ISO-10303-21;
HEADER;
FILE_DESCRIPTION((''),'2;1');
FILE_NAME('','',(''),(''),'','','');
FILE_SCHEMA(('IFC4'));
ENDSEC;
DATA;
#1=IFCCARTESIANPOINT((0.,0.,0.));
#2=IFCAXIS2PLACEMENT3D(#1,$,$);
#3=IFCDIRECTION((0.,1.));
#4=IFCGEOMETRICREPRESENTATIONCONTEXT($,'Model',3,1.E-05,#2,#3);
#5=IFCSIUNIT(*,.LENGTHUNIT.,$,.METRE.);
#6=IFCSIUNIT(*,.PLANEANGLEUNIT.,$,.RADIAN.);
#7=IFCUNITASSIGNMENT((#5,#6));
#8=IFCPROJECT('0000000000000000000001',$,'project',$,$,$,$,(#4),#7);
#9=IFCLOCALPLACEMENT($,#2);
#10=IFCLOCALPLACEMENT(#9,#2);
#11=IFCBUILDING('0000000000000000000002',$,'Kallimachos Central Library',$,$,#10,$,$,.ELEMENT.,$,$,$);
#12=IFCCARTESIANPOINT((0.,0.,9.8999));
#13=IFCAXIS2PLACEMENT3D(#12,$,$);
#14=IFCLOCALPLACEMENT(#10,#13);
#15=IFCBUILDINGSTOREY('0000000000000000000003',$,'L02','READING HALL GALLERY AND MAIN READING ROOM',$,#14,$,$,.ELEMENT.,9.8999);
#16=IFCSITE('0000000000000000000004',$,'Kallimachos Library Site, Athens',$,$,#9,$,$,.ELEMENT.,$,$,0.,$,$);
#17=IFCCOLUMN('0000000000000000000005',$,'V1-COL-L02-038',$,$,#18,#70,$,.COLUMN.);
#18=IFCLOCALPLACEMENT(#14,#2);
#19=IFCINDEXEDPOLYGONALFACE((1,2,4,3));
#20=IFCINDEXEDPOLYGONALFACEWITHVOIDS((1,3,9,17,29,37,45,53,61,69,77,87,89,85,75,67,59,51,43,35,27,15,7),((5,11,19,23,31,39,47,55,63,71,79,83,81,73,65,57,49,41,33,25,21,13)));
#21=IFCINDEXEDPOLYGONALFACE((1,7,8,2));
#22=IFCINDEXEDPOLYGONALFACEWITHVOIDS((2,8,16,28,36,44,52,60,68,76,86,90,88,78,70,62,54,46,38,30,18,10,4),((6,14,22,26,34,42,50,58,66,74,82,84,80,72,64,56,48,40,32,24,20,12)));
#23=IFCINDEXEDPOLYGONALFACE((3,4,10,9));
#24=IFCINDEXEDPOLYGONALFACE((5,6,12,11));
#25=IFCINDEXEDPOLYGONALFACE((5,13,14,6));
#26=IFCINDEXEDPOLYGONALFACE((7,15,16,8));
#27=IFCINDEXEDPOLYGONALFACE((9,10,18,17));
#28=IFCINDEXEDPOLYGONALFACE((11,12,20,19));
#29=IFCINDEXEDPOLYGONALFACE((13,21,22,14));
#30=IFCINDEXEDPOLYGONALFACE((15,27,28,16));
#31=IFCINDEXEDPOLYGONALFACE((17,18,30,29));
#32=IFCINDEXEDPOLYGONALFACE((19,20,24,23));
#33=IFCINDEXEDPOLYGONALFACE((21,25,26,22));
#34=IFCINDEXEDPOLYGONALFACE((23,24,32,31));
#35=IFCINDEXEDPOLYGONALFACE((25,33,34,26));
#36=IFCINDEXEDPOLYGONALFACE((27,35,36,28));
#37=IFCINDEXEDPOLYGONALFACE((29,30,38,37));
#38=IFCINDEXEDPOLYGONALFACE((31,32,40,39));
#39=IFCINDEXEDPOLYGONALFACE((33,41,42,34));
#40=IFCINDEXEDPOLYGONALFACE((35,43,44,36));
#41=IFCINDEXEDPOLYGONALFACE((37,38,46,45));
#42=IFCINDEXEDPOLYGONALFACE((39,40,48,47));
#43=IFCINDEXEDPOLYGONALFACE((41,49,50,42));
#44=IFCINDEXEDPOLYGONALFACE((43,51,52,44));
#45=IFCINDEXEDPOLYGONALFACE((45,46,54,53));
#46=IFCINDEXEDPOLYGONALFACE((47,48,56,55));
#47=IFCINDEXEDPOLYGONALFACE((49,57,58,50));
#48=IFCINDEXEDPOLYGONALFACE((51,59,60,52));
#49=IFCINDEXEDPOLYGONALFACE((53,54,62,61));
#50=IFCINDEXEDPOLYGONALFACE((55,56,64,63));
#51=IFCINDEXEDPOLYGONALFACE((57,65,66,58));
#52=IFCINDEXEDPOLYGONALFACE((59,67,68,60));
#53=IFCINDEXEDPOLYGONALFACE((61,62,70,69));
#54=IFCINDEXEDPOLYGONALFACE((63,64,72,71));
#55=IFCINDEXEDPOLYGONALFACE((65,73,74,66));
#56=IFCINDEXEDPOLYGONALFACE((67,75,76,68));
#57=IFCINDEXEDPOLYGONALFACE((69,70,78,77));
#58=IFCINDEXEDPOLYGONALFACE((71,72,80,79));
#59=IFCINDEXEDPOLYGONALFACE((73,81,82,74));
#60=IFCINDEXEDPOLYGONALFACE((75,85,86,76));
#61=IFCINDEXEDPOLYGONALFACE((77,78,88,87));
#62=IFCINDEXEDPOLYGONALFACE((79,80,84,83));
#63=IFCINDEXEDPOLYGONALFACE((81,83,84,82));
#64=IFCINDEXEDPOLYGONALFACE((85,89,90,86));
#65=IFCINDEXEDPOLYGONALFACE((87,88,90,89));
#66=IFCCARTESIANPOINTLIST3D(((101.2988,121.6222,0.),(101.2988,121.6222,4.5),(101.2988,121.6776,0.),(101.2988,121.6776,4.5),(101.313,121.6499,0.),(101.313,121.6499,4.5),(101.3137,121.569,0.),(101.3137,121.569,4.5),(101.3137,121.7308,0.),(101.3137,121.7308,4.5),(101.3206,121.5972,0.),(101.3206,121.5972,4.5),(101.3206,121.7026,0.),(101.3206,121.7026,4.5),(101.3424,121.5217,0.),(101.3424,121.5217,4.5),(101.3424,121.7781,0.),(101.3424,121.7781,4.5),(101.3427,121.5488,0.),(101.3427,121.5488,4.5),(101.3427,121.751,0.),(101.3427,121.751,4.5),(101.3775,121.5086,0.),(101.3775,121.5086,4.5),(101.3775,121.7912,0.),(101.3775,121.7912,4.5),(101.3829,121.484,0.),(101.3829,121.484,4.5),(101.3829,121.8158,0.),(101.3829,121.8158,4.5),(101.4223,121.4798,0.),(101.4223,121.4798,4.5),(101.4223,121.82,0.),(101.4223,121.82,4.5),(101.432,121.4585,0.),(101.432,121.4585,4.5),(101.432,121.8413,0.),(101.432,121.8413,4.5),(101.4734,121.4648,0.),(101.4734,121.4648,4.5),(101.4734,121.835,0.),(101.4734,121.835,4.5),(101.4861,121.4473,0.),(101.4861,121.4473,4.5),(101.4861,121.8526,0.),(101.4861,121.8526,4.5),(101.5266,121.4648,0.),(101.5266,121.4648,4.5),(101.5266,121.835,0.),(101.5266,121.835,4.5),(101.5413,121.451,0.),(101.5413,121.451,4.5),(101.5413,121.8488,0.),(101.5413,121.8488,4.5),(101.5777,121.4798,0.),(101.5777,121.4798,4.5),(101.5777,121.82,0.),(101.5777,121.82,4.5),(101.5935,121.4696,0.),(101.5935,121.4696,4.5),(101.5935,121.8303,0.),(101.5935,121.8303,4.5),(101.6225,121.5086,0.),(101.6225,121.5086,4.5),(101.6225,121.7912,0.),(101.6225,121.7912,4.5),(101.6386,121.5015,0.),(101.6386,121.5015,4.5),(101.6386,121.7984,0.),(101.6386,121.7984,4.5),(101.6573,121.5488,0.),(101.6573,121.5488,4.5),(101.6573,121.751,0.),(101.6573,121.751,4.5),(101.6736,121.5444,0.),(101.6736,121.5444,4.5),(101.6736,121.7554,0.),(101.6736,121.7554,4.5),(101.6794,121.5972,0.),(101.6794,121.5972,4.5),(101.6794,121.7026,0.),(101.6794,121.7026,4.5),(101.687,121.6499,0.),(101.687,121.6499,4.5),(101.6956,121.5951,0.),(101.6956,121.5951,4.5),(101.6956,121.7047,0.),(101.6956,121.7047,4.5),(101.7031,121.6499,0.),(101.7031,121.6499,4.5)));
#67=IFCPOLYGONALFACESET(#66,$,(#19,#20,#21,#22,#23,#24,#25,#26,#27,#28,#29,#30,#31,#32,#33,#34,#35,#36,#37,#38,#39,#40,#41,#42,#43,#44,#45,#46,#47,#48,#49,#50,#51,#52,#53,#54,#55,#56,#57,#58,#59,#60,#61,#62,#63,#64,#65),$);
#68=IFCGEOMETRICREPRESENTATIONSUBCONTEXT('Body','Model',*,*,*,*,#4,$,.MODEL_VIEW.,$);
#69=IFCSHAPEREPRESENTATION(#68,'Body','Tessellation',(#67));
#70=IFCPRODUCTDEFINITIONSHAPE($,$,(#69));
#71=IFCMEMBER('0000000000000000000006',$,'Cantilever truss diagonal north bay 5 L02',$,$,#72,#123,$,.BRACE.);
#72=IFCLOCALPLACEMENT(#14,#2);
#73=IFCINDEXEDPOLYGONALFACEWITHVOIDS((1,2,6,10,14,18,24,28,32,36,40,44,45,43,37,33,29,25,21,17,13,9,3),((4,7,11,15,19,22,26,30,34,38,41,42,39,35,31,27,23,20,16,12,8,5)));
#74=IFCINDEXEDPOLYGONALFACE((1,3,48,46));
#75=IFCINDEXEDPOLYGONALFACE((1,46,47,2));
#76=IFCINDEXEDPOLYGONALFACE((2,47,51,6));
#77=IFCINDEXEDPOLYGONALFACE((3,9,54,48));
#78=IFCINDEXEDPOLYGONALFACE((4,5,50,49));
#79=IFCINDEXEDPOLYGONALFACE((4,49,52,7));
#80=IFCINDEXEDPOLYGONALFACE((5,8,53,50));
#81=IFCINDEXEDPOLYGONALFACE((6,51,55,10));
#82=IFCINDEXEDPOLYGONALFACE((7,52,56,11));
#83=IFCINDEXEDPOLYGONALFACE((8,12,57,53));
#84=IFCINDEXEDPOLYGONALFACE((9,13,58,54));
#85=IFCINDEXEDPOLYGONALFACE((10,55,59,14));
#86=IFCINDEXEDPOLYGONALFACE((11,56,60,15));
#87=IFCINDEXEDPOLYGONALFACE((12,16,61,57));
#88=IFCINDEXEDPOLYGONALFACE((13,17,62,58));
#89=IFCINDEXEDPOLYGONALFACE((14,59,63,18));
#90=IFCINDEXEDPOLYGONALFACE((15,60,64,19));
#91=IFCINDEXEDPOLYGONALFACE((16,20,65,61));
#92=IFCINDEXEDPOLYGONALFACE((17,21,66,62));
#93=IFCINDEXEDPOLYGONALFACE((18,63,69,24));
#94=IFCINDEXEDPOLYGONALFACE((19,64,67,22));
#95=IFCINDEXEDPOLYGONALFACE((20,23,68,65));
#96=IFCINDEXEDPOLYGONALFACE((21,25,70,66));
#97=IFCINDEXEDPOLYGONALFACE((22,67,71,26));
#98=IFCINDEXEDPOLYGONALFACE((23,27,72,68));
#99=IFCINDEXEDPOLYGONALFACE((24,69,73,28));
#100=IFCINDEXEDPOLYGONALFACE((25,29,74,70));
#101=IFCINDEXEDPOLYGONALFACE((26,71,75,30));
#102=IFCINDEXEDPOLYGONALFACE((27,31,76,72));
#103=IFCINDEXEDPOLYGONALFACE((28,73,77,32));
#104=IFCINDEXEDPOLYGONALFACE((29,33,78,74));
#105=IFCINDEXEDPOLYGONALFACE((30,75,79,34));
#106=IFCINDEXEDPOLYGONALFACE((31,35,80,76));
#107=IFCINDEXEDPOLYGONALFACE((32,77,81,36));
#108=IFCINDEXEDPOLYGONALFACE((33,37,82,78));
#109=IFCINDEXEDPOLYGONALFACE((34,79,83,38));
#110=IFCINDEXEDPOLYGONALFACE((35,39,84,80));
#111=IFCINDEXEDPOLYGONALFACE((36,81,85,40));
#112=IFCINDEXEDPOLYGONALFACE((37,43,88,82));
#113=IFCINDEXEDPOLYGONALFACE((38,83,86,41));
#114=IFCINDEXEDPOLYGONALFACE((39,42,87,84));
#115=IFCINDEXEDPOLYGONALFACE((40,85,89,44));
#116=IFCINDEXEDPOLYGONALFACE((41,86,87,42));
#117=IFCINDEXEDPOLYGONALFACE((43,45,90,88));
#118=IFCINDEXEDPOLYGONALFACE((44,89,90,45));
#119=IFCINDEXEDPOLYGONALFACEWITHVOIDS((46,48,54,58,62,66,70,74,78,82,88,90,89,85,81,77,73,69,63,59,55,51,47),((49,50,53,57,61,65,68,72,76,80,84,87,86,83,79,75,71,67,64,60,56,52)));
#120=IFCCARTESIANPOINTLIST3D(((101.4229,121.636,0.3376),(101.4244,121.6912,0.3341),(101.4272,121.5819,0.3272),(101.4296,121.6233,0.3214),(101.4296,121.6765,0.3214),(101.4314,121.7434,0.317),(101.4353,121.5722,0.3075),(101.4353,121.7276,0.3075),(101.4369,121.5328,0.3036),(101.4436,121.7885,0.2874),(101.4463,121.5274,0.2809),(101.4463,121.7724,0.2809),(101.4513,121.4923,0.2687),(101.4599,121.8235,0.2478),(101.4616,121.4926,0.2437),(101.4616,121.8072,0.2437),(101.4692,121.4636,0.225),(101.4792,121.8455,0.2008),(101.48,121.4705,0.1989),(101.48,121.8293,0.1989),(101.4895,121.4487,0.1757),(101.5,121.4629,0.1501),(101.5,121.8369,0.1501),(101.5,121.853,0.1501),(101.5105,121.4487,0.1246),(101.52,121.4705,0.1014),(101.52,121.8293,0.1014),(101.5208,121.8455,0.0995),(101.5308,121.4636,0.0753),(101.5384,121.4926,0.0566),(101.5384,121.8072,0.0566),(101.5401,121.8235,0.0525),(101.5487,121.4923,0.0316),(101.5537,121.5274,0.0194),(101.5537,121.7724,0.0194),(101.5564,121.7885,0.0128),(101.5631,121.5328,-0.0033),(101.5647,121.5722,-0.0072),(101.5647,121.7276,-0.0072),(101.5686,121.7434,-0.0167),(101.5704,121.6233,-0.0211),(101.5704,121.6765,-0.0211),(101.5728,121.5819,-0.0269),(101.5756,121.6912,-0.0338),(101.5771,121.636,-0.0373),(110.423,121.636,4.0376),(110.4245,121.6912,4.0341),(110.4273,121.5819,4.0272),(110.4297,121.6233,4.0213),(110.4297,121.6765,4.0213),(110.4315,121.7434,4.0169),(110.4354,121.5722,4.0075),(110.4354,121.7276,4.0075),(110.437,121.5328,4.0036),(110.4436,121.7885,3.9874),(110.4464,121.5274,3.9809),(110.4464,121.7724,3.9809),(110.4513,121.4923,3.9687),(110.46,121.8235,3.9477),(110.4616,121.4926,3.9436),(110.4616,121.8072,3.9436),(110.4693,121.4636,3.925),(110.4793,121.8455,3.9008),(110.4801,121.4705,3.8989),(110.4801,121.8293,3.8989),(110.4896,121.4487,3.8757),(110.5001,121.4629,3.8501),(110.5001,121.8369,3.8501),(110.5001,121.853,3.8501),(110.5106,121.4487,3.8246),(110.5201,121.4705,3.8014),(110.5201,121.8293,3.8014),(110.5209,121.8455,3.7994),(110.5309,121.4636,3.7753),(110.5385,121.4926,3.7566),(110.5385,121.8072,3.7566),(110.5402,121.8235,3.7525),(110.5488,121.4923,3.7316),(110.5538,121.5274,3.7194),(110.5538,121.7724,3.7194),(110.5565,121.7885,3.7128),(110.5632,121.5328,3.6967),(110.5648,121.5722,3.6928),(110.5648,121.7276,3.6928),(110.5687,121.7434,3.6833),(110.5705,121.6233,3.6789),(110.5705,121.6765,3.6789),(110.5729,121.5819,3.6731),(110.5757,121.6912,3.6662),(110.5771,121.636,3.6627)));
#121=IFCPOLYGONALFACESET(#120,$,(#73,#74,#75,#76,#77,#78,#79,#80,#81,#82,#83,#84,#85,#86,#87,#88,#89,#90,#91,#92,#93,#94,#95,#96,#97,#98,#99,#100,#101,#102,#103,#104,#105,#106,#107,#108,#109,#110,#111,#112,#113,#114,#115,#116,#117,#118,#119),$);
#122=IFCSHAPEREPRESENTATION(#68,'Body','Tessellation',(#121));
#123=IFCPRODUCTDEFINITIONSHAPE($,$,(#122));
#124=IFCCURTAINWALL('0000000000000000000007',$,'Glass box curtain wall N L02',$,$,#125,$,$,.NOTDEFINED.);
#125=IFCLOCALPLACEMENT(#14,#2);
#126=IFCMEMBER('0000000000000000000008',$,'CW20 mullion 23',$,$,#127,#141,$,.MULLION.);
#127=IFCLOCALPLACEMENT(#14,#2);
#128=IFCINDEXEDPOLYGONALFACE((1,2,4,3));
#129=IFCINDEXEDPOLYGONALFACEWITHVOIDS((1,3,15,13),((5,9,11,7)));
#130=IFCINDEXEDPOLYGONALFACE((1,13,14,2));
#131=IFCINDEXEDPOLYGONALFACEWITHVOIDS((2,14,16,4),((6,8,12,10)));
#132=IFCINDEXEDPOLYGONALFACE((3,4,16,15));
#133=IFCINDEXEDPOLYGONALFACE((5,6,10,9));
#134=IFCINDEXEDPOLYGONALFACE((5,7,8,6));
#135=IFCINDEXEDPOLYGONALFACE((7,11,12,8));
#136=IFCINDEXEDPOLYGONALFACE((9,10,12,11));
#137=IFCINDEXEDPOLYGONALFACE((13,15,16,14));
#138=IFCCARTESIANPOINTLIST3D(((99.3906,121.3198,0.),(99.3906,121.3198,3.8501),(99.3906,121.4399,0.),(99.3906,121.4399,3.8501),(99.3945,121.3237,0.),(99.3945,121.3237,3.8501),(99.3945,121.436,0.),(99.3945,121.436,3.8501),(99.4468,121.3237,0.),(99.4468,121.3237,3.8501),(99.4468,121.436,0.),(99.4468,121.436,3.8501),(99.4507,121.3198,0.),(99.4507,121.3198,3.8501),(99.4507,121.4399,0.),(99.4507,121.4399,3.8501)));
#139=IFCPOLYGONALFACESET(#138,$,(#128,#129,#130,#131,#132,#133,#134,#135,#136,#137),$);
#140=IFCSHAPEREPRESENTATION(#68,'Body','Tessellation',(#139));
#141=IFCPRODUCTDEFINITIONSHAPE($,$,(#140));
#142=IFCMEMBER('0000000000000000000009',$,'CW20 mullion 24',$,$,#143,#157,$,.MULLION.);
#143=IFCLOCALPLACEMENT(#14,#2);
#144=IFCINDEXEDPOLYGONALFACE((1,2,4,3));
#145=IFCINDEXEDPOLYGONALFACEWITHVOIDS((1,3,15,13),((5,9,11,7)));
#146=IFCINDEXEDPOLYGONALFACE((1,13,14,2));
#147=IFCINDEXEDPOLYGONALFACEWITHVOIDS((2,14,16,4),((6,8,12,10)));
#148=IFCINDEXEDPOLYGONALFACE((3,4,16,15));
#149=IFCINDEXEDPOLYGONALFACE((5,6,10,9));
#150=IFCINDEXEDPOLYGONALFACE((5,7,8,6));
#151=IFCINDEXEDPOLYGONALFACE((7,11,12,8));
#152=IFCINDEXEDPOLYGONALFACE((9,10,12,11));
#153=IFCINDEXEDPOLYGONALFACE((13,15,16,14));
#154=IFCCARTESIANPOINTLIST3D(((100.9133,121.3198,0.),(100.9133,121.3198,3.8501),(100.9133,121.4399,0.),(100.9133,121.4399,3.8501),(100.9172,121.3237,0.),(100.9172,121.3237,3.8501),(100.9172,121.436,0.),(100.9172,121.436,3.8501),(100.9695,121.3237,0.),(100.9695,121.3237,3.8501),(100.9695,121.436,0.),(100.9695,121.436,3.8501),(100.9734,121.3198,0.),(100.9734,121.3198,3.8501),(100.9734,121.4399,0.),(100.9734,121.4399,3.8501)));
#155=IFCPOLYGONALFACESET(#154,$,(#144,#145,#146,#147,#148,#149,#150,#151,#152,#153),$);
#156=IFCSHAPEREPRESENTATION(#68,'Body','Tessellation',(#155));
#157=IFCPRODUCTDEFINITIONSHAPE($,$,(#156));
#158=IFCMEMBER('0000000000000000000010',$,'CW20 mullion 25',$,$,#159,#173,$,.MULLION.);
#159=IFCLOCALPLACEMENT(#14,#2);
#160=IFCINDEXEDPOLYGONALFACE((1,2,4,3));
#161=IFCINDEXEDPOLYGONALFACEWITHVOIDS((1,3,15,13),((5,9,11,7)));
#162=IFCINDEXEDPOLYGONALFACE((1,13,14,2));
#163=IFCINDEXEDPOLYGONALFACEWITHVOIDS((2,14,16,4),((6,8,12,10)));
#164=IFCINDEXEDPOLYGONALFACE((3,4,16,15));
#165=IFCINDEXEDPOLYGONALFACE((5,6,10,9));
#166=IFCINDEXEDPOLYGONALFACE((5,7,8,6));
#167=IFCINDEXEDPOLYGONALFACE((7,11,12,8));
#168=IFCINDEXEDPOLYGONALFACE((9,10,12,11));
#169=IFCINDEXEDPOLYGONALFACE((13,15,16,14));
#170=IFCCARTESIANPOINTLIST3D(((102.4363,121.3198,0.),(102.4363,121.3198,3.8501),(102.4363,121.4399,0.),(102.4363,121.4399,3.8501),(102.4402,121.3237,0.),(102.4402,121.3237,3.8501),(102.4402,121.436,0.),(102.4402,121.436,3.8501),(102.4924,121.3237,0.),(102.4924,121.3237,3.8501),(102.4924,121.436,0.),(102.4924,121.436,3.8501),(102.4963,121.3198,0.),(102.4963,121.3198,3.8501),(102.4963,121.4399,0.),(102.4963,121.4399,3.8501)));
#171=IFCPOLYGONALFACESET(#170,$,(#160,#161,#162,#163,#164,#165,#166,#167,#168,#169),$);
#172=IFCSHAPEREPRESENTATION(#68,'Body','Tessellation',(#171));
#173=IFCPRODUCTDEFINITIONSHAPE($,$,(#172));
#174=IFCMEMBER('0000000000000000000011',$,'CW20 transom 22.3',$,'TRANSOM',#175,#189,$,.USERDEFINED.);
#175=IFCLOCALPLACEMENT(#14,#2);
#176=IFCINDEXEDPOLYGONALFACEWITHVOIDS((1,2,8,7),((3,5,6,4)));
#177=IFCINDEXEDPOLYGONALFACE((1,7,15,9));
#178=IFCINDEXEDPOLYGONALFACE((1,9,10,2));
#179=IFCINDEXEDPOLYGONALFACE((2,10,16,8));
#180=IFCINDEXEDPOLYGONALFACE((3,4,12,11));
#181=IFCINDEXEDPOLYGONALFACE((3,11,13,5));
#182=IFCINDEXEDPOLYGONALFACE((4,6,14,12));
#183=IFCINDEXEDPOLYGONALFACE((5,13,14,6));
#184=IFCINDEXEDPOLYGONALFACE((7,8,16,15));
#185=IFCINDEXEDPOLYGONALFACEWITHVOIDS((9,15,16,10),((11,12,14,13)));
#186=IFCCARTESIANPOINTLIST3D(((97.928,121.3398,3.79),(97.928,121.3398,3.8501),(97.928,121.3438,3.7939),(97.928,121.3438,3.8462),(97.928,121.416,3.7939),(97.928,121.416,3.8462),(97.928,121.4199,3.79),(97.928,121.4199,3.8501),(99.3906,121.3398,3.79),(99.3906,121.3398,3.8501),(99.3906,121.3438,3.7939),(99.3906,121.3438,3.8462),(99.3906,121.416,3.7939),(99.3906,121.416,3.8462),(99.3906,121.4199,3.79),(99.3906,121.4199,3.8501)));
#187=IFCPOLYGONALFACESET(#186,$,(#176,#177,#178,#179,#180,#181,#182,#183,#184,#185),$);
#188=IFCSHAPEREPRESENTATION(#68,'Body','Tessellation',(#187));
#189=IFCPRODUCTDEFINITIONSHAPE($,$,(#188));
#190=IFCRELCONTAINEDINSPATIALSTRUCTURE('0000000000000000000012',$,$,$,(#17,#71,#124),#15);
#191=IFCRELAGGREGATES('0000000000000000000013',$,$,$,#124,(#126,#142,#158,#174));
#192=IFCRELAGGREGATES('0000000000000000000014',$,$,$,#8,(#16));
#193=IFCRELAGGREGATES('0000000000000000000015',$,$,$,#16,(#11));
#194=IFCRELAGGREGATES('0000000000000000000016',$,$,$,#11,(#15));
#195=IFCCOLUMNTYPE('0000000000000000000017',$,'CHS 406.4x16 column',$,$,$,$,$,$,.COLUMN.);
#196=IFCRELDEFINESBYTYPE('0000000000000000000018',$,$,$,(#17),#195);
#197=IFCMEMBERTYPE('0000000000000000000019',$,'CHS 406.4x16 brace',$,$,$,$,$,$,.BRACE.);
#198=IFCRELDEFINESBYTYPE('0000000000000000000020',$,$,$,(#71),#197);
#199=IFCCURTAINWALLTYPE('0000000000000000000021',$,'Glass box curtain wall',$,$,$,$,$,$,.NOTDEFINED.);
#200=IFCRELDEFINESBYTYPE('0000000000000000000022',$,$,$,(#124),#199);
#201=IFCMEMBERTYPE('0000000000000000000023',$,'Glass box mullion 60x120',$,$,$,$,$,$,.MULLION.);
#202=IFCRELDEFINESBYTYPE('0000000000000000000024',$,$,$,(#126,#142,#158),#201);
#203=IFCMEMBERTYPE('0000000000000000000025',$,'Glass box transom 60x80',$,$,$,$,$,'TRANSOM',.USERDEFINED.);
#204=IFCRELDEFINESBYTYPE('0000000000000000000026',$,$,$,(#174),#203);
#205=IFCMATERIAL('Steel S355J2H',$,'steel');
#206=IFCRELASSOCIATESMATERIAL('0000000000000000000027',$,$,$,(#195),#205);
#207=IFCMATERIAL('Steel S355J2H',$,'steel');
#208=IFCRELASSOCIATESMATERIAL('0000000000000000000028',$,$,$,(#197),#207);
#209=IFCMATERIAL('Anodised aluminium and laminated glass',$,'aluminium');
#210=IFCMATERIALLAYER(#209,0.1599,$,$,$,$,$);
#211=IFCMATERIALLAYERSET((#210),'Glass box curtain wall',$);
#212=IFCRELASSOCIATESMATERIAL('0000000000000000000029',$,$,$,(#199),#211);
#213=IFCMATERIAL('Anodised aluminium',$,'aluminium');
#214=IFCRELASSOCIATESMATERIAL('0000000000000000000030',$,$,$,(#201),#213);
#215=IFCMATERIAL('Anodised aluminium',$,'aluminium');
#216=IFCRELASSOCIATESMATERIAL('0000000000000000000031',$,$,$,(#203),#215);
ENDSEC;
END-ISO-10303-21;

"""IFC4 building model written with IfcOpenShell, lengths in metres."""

from ifc_helpers import new_model, si_unit, direction, frame, origin, origin_2d, place, context, subcontext, project, spatial, hollow_rectangle, hollow_circle, extrude, material, layer, layer_set, material_profile, profile_set, type_object, element, aggregate, save


model = new_model("IFC4")

# Units and contexts
model_context = context("Model", 3, precision=1e-05, world=origin(), true_north=direction((0.0, 1.0)))
body_context = subcontext(model_context, "Body", "Model", "MODEL_VIEW")
ifc_project = project(units=[si_unit("LENGTHUNIT", "METRE"), si_unit("PLANEANGLEUNIT", "RADIAN")], contexts=[model_context])

# Site, building, storey
site_placement = place(None, origin())
site = spatial("IfcSite", under=ifc_project, at=site_placement, Name="Kallimachos Library Site, Athens", CompositionType="ELEMENT", RefElevation=0.0)
building_placement = place(site_placement, origin())
building = spatial("IfcBuilding", under=site, at=building_placement, Name="Kallimachos Central Library", CompositionType="ELEMENT")
storey_placement = place(building_placement, frame((0.0, 0.0, 9.8999)))
storey = spatial("IfcBuildingStorey", under=building, at=storey_placement, Name="L02", Description="READING HALL GALLERY AND MAIN READING ROOM", CompositionType="ELEMENT", Elevation=9.8999)

# Column
ifc_material_1 = material(Name="Steel S355J2H", Category="steel")
ifc_material_profile_1 = material_profile(ifc_material_1, hollow_circle(Radius=0.2031, WallThickness=0.0161, at=origin_2d()), Name="CHS 406.4x16")
ifc_profile_set_1 = profile_set([ifc_material_profile_1], Name="Steel S355J2H")
column_type = type_object("IfcColumnType", Name="CHS 406.4x16 column", PredefinedType="COLUMN", material=ifc_profile_set_1)
column_placement = place(storey_placement, frame((101.5, 121.6499, 0.0), z_axis=(0.0, 0.0, 1.0), x_axis=(1.0, 0.0, 0.0)))
element("IfcColumn", 1, at=column_placement, inside=storey, type_object=column_type, Name="V1-COL-L02-038", PredefinedType="COLUMN", context=body_context, shape_type="SweptSolid", body=[
    extrude(hollow_circle(Radius=0.2031, WallThickness=0.0161, at=origin_2d()), origin(), (0.0, 0.0, 1.0), 4.5),
])

# Member
ifc_material_2 = material(Name="Steel S355J2H", Category="steel")
ifc_material_profile_2 = material_profile(ifc_material_2, hollow_circle(Radius=0.2031, WallThickness=0.0161, at=origin_2d()), Name="CHS 406.4x16")
ifc_profile_set_2 = profile_set([ifc_material_profile_2], Name="Steel S355J2H")
member_type_1 = type_object("IfcMemberType", Name="CHS 406.4x16 brace", PredefinedType="BRACE", material=ifc_profile_set_2)
member_1_placement = place(storey_placement, frame((101.5, 121.6499, 0.1501), z_axis=(0.924893, 0.0, 0.380229), x_axis=(0.0, 1.0, 0.0)))
element("IfcMember", 2, at=member_1_placement, inside=storey, type_object=member_type_1, Name="Cantilever truss diagonal north bay 5 L02", PredefinedType="BRACE", context=body_context, shape_type="SweptSolid", body=[
    extrude(hollow_circle(Radius=0.2031, WallThickness=0.0161, at=origin_2d()), origin(), (0.0, 0.0, 1.0), 9.731),
])

# Curtain wall, members
ifc_material_3 = material(Name="Anodised aluminium and laminated glass", Category="aluminium")
ifc_layer_1 = layer(ifc_material_3, 0.1599)
ifc_layer_set_1 = layer_set([ifc_layer_1], Name="Glass box curtain wall")
curtain_wall_type = type_object("IfcCurtainWallType", Name="Glass box curtain wall", PredefinedType="NOTDEFINED", material=ifc_layer_set_1)
curtain_wall_placement = place(storey_placement, origin())
curtain_wall = element("IfcCurtainWall", 3, at=curtain_wall_placement, inside=storey, type_object=curtain_wall_type, Name="Glass box curtain wall N L02", PredefinedType="NOTDEFINED")
ifc_material_4 = material(Name="Anodised aluminium", Category="aluminium")
ifc_material_profile_3 = material_profile(ifc_material_4, hollow_rectangle(XDim=0.0601, YDim=0.1201, WallThickness=0.0039, at=origin_2d()), Name="ALU MULLION 60x120")
ifc_profile_set_3 = profile_set([ifc_material_profile_3], Name="Anodised aluminium")
member_type_2 = type_object("IfcMemberType", Name="Glass box mullion 60x120", PredefinedType="MULLION", material=ifc_profile_set_3)
member_2_placement = place(storey_placement, frame((99.4207, 121.3799, 0.0), z_axis=(0.0, 0.0, 1.0), x_axis=(1.0, 0.0, 0.0)))
member_2 = element("IfcMember", 4, at=member_2_placement, type_object=member_type_2, Name="CW20 mullion 23", PredefinedType="MULLION", context=body_context, shape_type="SweptSolid", body=[
    extrude(hollow_rectangle(XDim=0.0601, YDim=0.1201, WallThickness=0.0039, at=origin_2d()), origin(), (0.0, 0.0, 1.0), 3.8501),
])
member_3_placement = place(storey_placement, frame((100.9434, 121.3799, 0.0), z_axis=(0.0, 0.0, 1.0), x_axis=(1.0, 0.0, 0.0)))
member_3 = element("IfcMember", 5, at=member_3_placement, type_object=member_type_2, Name="CW20 mullion 24", PredefinedType="MULLION", context=body_context, shape_type="SweptSolid", body=[
    extrude(hollow_rectangle(XDim=0.0601, YDim=0.1201, WallThickness=0.0039, at=origin_2d()), origin(), (0.0, 0.0, 1.0), 3.8501),
])
member_4_placement = place(storey_placement, frame((102.4663, 121.3799, 0.0), z_axis=(0.0, 0.0, 1.0), x_axis=(1.0, 0.0, 0.0)))
member_4 = element("IfcMember", 6, at=member_4_placement, type_object=member_type_2, Name="CW20 mullion 25", PredefinedType="MULLION", context=body_context, shape_type="SweptSolid", body=[
    extrude(hollow_rectangle(XDim=0.0601, YDim=0.1201, WallThickness=0.0039, at=origin_2d()), origin(), (0.0, 0.0, 1.0), 3.8501),
])
ifc_material_5 = material(Name="Anodised aluminium", Category="aluminium")
ifc_material_profile_4 = material_profile(ifc_material_5, hollow_rectangle(XDim=0.0601, YDim=0.0801, WallThickness=0.0039, at=origin_2d()), Name="ALU TRANSOM 60x80")
ifc_profile_set_4 = profile_set([ifc_material_profile_4], Name="Anodised aluminium")
member_type_3 = type_object("IfcMemberType", Name="Glass box transom 60x80", ElementType="TRANSOM", PredefinedType="USERDEFINED", material=ifc_profile_set_4)
member_5_placement = place(storey_placement, frame((97.928, 121.3799, 3.8201), z_axis=(1.0, 0.0, 0.0), x_axis=(0.0, 0.0, 1.0)))
member_5 = element("IfcMember", 7, at=member_5_placement, type_object=member_type_3, Name="CW20 transom 22.3", ObjectType="TRANSOM", PredefinedType="USERDEFINED", context=body_context, shape_type="SweptSolid", body=[
    extrude(hollow_rectangle(XDim=0.0601, YDim=0.0801, WallThickness=0.0039, at=origin_2d()), origin(), (0.0, 0.0, 1.0), 1.4626),
])

aggregate(curtain_wall, [member_2, member_3, member_4, member_5])

save(model, "model.ifc")
